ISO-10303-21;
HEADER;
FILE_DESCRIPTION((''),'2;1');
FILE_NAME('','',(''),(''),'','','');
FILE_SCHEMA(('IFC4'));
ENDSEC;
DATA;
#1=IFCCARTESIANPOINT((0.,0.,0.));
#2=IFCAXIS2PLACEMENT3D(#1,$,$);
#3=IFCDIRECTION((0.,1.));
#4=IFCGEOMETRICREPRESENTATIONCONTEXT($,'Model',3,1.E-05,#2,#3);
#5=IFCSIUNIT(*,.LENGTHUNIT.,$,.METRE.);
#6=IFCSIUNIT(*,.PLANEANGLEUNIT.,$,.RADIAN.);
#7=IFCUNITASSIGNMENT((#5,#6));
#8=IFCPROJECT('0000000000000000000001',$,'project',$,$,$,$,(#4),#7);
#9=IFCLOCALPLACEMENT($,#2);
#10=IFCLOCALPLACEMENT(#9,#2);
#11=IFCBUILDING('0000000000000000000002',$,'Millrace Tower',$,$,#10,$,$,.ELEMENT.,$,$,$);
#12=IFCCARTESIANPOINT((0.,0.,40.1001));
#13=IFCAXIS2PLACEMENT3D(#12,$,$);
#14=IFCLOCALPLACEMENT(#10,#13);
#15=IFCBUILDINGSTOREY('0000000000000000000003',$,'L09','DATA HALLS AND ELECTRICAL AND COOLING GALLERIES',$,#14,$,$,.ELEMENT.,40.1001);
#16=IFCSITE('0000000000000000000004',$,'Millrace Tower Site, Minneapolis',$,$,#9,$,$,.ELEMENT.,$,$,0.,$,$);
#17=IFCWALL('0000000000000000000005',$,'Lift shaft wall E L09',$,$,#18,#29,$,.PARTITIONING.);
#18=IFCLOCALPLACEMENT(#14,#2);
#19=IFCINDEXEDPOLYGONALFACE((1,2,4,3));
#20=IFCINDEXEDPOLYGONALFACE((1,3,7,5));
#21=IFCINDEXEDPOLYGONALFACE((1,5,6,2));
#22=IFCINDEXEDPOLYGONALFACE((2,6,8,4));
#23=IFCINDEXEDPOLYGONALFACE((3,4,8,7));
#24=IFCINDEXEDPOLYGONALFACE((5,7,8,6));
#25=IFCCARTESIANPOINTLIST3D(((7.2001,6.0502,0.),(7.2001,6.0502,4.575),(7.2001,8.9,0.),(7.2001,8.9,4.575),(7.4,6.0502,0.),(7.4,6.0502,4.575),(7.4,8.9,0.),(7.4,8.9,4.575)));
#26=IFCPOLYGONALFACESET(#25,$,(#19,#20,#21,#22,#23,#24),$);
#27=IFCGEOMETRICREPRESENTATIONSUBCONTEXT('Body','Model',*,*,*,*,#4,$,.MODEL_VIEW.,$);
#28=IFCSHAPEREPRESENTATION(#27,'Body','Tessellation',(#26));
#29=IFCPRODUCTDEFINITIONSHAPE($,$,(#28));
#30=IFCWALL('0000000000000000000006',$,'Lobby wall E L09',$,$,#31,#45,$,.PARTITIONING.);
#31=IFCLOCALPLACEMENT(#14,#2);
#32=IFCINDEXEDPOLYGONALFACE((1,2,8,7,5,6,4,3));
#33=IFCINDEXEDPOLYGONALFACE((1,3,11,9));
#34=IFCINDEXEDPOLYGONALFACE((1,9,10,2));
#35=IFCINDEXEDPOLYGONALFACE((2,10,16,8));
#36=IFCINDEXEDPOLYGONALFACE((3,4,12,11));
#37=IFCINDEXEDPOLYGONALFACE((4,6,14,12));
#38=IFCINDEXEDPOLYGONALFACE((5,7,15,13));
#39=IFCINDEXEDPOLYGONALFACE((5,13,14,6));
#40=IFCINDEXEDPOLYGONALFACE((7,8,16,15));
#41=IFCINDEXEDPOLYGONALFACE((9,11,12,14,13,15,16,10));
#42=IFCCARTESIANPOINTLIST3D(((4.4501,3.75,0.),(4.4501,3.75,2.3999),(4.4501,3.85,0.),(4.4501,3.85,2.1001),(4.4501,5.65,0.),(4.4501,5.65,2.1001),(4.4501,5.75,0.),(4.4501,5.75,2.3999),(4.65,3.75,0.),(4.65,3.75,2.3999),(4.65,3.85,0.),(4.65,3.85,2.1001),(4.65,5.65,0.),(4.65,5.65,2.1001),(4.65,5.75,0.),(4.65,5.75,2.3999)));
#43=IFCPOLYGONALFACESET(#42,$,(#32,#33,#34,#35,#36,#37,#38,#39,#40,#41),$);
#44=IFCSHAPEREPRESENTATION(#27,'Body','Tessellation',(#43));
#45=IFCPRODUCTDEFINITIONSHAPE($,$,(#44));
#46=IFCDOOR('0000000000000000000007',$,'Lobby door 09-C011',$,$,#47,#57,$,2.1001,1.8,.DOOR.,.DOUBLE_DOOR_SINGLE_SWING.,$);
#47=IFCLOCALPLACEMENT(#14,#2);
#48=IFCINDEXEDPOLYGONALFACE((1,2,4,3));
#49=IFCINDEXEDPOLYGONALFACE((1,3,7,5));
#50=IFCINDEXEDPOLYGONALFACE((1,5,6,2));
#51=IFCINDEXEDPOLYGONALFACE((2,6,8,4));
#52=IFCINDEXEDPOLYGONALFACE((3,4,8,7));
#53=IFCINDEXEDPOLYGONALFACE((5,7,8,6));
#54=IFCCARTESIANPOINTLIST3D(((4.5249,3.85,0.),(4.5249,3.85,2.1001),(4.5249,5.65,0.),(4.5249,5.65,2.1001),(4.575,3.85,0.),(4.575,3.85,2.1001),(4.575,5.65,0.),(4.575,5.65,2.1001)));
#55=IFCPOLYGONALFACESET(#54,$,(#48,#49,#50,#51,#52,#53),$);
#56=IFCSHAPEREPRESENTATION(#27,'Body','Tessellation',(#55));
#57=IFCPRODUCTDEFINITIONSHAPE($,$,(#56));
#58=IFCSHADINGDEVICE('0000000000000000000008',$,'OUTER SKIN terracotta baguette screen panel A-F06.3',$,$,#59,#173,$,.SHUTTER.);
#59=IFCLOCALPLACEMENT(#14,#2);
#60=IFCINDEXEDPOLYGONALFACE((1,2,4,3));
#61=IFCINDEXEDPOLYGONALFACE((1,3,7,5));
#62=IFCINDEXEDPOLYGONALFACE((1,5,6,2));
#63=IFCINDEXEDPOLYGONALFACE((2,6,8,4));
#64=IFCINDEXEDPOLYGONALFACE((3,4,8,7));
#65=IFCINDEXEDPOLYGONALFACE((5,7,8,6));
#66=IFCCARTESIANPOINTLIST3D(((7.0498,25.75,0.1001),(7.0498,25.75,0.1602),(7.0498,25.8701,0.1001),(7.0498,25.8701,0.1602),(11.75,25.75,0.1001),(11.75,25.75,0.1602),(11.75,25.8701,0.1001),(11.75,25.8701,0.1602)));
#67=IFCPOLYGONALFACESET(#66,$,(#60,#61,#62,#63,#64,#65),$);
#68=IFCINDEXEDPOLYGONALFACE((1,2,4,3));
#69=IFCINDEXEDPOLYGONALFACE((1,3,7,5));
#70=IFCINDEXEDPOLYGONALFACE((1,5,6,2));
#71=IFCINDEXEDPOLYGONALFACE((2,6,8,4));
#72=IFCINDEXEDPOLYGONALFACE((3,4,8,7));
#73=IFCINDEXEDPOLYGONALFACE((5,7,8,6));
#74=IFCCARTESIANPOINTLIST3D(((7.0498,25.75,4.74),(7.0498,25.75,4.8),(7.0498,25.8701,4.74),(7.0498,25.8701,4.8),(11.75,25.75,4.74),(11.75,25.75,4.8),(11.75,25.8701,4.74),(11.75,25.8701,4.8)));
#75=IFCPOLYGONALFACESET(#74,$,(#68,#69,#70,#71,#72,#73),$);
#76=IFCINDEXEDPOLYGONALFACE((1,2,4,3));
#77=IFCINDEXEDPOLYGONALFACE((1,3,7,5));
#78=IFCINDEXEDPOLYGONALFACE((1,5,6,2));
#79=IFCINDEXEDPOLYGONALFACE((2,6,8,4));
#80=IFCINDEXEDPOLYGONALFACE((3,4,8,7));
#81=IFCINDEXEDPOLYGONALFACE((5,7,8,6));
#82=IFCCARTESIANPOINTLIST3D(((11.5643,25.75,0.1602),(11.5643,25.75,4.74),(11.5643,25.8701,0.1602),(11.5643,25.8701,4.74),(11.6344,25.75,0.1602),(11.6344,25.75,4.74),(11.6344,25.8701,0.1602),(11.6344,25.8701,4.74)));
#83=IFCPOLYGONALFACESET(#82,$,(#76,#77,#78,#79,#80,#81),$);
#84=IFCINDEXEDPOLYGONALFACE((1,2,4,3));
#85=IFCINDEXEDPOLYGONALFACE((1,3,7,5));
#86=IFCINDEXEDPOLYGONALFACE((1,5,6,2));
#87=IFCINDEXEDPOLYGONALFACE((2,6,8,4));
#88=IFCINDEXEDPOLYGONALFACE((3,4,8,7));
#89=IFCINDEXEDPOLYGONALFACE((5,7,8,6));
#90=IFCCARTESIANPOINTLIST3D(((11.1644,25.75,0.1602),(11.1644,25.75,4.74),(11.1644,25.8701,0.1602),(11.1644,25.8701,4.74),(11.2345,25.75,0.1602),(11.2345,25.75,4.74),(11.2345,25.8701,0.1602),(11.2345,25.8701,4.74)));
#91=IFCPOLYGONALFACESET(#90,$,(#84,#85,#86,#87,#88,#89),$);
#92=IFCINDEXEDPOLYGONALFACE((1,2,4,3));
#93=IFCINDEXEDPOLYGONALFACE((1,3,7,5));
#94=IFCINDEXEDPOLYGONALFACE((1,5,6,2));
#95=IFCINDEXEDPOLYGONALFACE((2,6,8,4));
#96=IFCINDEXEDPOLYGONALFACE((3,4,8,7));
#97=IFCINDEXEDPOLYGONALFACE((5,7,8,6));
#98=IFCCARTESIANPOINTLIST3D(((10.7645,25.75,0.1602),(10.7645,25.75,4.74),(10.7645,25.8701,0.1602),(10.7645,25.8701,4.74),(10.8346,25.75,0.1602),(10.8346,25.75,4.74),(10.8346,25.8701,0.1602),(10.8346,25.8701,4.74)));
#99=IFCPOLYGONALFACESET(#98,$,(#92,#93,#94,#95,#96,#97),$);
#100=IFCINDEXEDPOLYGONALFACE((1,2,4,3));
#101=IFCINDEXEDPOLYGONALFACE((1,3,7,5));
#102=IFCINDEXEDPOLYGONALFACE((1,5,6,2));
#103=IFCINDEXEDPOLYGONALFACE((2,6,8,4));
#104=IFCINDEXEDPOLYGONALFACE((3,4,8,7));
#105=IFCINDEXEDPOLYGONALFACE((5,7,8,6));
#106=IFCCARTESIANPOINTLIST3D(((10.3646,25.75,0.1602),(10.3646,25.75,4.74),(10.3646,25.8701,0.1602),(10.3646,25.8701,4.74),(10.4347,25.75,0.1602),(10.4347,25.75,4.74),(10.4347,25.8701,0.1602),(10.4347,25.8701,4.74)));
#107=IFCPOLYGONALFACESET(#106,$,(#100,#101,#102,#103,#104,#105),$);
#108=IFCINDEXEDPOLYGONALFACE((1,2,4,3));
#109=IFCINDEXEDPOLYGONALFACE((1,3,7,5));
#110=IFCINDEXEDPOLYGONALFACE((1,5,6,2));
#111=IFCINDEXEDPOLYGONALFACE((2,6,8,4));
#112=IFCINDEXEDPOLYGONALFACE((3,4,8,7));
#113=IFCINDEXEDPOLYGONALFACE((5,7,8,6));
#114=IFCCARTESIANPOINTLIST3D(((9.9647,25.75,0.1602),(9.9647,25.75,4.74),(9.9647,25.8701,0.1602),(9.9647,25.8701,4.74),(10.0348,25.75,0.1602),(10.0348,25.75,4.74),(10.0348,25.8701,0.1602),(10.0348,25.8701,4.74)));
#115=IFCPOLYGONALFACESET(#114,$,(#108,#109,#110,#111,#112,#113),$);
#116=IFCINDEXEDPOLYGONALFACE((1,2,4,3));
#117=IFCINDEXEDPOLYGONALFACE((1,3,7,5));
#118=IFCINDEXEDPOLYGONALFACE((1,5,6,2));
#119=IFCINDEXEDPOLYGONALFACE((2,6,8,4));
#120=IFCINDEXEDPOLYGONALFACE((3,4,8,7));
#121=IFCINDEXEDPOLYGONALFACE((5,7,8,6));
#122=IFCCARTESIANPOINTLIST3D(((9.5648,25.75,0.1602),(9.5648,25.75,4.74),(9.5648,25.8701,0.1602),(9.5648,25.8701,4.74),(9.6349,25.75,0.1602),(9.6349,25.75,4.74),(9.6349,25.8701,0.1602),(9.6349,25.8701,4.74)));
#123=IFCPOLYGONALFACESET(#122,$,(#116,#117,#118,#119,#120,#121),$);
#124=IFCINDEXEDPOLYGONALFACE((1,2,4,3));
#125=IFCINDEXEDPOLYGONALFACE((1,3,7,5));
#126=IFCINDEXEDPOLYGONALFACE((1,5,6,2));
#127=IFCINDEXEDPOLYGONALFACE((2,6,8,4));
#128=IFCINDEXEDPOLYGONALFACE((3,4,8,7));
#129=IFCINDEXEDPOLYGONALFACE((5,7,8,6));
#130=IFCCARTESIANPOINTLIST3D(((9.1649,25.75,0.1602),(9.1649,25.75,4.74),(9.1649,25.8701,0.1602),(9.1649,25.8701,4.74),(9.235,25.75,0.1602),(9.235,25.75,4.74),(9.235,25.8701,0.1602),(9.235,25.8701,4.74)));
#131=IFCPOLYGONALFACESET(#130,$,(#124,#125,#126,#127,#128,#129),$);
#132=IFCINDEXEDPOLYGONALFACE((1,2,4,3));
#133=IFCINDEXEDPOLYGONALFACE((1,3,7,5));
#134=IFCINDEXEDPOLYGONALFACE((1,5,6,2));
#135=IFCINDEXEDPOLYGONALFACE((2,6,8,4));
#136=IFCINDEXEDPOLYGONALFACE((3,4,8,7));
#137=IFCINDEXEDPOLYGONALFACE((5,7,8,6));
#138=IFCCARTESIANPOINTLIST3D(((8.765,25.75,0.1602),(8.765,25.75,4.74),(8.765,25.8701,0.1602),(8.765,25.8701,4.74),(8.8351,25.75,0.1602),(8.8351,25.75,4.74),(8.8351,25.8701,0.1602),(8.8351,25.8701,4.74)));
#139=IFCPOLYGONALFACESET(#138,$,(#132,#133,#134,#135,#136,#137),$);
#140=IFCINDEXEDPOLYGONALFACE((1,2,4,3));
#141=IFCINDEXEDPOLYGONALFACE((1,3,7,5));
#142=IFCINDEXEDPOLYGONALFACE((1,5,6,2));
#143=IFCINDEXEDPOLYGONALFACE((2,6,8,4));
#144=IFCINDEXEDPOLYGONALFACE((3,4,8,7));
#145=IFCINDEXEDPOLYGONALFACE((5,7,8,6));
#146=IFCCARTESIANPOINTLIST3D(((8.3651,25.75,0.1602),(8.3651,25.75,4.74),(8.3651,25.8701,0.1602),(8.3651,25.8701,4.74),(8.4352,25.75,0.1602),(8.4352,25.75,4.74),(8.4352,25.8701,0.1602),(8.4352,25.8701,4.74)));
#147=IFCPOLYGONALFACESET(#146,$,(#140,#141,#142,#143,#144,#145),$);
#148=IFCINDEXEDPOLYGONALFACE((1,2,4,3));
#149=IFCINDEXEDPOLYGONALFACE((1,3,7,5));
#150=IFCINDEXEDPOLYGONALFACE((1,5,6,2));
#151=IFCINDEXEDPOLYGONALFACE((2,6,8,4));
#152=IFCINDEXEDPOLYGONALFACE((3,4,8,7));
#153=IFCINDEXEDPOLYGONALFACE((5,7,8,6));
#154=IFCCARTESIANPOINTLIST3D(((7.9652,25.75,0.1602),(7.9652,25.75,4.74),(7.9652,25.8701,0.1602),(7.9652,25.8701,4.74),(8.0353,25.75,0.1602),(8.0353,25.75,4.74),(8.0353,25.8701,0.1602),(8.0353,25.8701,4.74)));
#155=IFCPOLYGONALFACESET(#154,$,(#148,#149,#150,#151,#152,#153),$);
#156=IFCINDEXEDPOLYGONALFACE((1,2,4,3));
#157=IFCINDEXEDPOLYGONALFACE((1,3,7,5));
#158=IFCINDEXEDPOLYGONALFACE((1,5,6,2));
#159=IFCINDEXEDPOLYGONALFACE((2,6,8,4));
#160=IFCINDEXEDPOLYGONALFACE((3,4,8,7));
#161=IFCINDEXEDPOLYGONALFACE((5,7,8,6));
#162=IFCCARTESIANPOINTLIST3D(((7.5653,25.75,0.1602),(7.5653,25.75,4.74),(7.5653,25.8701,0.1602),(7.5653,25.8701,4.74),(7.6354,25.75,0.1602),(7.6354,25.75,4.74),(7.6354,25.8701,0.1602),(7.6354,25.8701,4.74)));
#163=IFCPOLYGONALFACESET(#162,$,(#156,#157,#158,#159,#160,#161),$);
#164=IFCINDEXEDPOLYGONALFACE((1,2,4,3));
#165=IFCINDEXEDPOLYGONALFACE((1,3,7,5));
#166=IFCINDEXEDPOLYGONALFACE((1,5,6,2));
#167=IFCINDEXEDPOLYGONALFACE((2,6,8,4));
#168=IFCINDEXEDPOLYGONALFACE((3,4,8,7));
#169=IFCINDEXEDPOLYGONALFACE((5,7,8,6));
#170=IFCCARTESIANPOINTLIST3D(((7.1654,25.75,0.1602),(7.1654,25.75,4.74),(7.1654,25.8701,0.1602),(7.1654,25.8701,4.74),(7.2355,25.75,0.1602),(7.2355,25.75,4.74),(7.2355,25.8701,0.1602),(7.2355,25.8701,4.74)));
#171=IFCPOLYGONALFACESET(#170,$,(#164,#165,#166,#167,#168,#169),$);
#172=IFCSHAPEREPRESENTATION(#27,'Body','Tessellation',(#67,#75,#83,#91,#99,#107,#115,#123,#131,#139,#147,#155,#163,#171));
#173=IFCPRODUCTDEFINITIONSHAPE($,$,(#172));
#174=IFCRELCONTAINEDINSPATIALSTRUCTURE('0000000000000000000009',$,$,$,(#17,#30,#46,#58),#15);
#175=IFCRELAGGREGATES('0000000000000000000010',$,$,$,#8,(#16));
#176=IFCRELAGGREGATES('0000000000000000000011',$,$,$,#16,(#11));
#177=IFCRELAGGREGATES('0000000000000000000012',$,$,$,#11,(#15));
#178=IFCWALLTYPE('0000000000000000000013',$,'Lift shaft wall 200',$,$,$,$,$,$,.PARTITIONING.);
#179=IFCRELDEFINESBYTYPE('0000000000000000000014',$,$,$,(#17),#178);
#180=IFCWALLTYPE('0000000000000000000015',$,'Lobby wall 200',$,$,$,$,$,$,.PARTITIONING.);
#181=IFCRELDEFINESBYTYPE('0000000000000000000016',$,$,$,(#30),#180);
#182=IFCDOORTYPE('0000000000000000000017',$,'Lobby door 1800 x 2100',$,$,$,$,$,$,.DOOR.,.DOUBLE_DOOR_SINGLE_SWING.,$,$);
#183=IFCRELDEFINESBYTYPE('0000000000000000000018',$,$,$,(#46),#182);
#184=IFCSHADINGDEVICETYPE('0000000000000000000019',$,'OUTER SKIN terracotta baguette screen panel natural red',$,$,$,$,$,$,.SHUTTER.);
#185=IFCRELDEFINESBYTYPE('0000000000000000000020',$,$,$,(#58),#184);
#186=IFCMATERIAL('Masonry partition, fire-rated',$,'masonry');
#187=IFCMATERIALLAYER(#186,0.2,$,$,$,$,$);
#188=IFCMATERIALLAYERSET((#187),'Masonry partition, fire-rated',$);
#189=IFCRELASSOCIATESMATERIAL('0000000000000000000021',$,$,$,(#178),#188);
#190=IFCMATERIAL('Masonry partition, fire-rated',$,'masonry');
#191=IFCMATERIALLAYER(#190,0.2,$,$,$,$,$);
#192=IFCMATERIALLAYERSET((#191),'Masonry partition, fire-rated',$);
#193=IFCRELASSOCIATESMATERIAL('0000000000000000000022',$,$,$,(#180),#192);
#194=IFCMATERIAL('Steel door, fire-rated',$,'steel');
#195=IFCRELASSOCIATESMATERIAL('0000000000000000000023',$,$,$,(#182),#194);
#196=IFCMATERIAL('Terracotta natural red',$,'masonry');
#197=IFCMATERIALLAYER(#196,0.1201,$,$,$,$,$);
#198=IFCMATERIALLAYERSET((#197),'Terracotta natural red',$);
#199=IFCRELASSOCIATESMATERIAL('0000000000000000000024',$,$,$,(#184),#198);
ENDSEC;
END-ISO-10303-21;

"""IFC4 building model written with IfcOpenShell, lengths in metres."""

from ifc_helpers import new_model, entity, si_unit, direction, frame, frame_2d, origin, place, context, subcontext, project, spatial, rectangle, extrude, source, transform, mapped, material, layer, layer_set, type_object, element, fill, save


model = new_model("IFC4")

# Units and contexts
model_context = context("Model", 3, precision=1e-05, world=origin(), true_north=direction((0.0, 1.0)))
body_context = subcontext(model_context, "Body", "Model", "MODEL_VIEW")
ifc_project = project(units=[si_unit("LENGTHUNIT", "METRE"), si_unit("PLANEANGLEUNIT", "RADIAN")], contexts=[model_context])

# Site, building, storey
site_placement = place(None, origin())
site = spatial("IfcSite", under=ifc_project, at=site_placement, Name="Millrace Tower Site, Minneapolis", CompositionType="ELEMENT", RefElevation=0.0)
building_placement = place(site_placement, origin())
building = spatial("IfcBuilding", under=site, at=building_placement, Name="Millrace Tower", CompositionType="ELEMENT")
storey_placement = place(building_placement, frame((0.0, 0.0, 40.1001)))
storey = spatial("IfcBuildingStorey", under=building, at=storey_placement, Name="L09", Description="DATA HALLS AND ELECTRICAL AND COOLING GALLERIES", CompositionType="ELEMENT", Elevation=40.1001)

# Shared definitions
ifc_material_1 = material(Name="Masonry partition, fire-rated", Category="masonry")
ifc_layer_1 = layer(ifc_material_1, 0.2)
ifc_layer_set_1 = layer_set([ifc_layer_1], Name="Masonry partition, fire-rated")
wall_type_1 = type_object("IfcWallType", Name="Lift shaft wall 200", PredefinedType="PARTITIONING", material=ifc_layer_set_1)

# Wall
for number, where, z_axis, x_axis, name in (
    (1, (7.3, 8.8999, 0.0), (0.0, 0.0, 1.0), (0.0, -1.0, 0.0), "Lift shaft wall E L09"),
):
    element("IfcWall", number, at=place(storey_placement, frame(where, z_axis=z_axis, x_axis=x_axis)), inside=storey, type_object=wall_type_1, Name=name, PredefinedType="PARTITIONING", context=body_context, shape_type="SweptSolid", body=[
        extrude(rectangle(XDim=2.8499, YDim=0.2, at=frame_2d((1.4248, 0.0))), origin(), (0.0, 0.0, 1.0), 4.575),
    ])

# Wall, opening, door
ifc_material_2 = material(Name="Masonry partition, fire-rated", Category="masonry")
ifc_layer_2 = layer(ifc_material_2, 0.2)
ifc_layer_set_2 = layer_set([ifc_layer_2], Name="Masonry partition, fire-rated")
wall_type_2 = type_object("IfcWallType", Name="Lobby wall 200", PredefinedType="PARTITIONING", material=ifc_layer_set_2)
wall_1_placement = place(storey_placement, frame((4.55, 5.75, 0.0), z_axis=(0.0, 0.0, 1.0), x_axis=(0.0, -1.0, 0.0)))
wall_1 = element("IfcWall", 2, at=wall_1_placement, inside=storey, type_object=wall_type_2, Name="Lobby wall E L09", PredefinedType="PARTITIONING", context=body_context, shape_type="SweptSolid", body=[
    extrude(rectangle(XDim=2.0, YDim=0.2, at=frame_2d((1.0, 0.0))), origin(), (0.0, 0.0, 1.0), 2.3999),
])
opening_1_placement = place(wall_1_placement, frame((0.1001, 0.0, 0.0)))
opening_1 = element("IfcOpeningElement", 3, at=opening_1_placement, cuts=wall_1, PredefinedType="OPENING", context=body_context, shape_type="SweptSolid", body=[
    extrude(rectangle(XDim=1.8, YDim=2.1001, at=frame_2d((0.8999, 1.05))), frame((0.0, 0.1099, 0.0), z_axis=(0.0, -1.0, 0.0), x_axis=(1.0, 0.0, 0.0)), (0.0, 0.0, 1.0), 0.22),
])
ifc_material_3 = material(Name="Steel door, fire-rated", Category="steel")
door_type_1 = type_object("IfcDoorType", Name="Lobby door 1800 x 2100", OperationType="DOUBLE_DOOR_SINGLE_SWING", PredefinedType="DOOR", material=ifc_material_3)
door_1_placement = place(opening_1_placement, origin())
door_1 = element("IfcDoor", 4, at=door_1_placement, inside=storey, type_object=door_type_1, Name="Lobby door 09-C011", OperationType="DOUBLE_DOOR_SINGLE_SWING", OverallHeight=2.1001, OverallWidth=1.8, PredefinedType="DOOR", context=body_context, shape_type="SweptSolid", body=[
    extrude(rectangle(XDim=1.8, YDim=2.1001, at=frame_2d((0.8999, 1.05))), frame((0.0, 0.0249, 0.0), z_axis=(0.0, -1.0, 0.0), x_axis=(1.0, 0.0, 0.0)), (0.0, 0.0, 1.0), 0.05),
])
fill(opening_1, door_1)

# Shading device
cartesian_point = entity("IfcCartesianPoint", [-2.3501, 0.0601])
shared_polyline = entity("IfcPolyline", [cartesian_point, entity("IfcCartesianPoint", [2.3501, 0.0601]), entity("IfcCartesianPoint", [2.3501, -0.0601]), entity("IfcCartesianPoint", [-2.3501, -0.0601]), cartesian_point])
ifc_material_4 = material(Name="Terracotta natural red", Category="masonry")
ifc_layer_3 = layer(ifc_material_4, 0.1201)
ifc_layer_set_3 = layer_set([ifc_layer_3], Name="Terracotta natural red")
shading_device_type_1 = type_object("IfcShadingDeviceType", Name="OUTER SKIN terracotta baguette screen panel natural red", PredefinedType="SHUTTER", material=ifc_layer_set_3)
shared_shape_1 = source(origin(), body_context, "Body", "SweptSolid", [
    entity("IfcExtrudedAreaSolid", entity("IfcArbitraryClosedProfileDef", "AREA", None, shared_polyline), entity("IfcAxis2Placement3D", entity("IfcCartesianPoint", [0.0, 0.0, 0.0])), entity("IfcDirection", [0.0, 0.0, 1.0]), 0.0601),
    entity("IfcExtrudedAreaSolid", entity("IfcArbitraryClosedProfileDef", "AREA", None, shared_polyline), entity("IfcAxis2Placement3D", entity("IfcCartesianPoint", [0.0, 0.0, 4.6399])), entity("IfcDirection", [0.0, 0.0, 1.0]), 0.0601),
    extrude(rectangle(XDim=0.0701, YDim=0.1201, at=frame_2d((-2.1995, 0.0))), frame((0.0, 0.0, 0.0601)), (0.0, 0.0, 1.0), 4.5798),
    extrude(rectangle(XDim=0.0701, YDim=0.1201, at=frame_2d((-1.7996, 0.0))), frame((0.0, 0.0, 0.0601)), (0.0, 0.0, 1.0), 4.5798),
    extrude(rectangle(XDim=0.0701, YDim=0.1201, at=frame_2d((-1.3997, 0.0))), frame((0.0, 0.0, 0.0601)), (0.0, 0.0, 1.0), 4.5798),
    extrude(rectangle(XDim=0.0701, YDim=0.1201, at=frame_2d((-0.9998, 0.0))), frame((0.0, 0.0, 0.0601)), (0.0, 0.0, 1.0), 4.5798),
    extrude(rectangle(XDim=0.0701, YDim=0.1201, at=frame_2d((-0.5999, 0.0))), frame((0.0, 0.0, 0.0601)), (0.0, 0.0, 1.0), 4.5798),
    extrude(rectangle(XDim=0.0701, YDim=0.1201, at=frame_2d((-0.2, 0.0))), frame((0.0, 0.0, 0.0601)), (0.0, 0.0, 1.0), 4.5798),
    extrude(rectangle(XDim=0.0701, YDim=0.1201, at=frame_2d((0.2, 0.0))), frame((0.0, 0.0, 0.0601)), (0.0, 0.0, 1.0), 4.5798),
    extrude(rectangle(XDim=0.0701, YDim=0.1201, at=frame_2d((0.5999, 0.0))), frame((0.0, 0.0, 0.0601)), (0.0, 0.0, 1.0), 4.5798),
    extrude(rectangle(XDim=0.0701, YDim=0.1201, at=frame_2d((0.9998, 0.0))), frame((0.0, 0.0, 0.0601)), (0.0, 0.0, 1.0), 4.5798),
    extrude(rectangle(XDim=0.0701, YDim=0.1201, at=frame_2d((1.3997, 0.0))), frame((0.0, 0.0, 0.0601)), (0.0, 0.0, 1.0), 4.5798),
    extrude(rectangle(XDim=0.0701, YDim=0.1201, at=frame_2d((1.7996, 0.0))), frame((0.0, 0.0, 0.0601)), (0.0, 0.0, 1.0), 4.5798),
    extrude(rectangle(XDim=0.0701, YDim=0.1201, at=frame_2d((2.1995, 0.0))), frame((0.0, 0.0, 0.0601)), (0.0, 0.0, 1.0), 4.5798),
])
for number, where, z_axis, x_axis, name in (
    (5, (9.3999, 25.8101, 0.1001), (0.0, 0.0, 1.0), (-1.0, 0.0, 0.0), "OUTER SKIN terracotta baguette screen panel A-F06.3"),
):
    element("IfcShadingDevice", number, at=place(storey_placement, frame(where, z_axis=z_axis, x_axis=x_axis)), inside=storey, type_object=shading_device_type_1, Name=name, PredefinedType="SHUTTER", context=body_context, shape_type="MappedRepresentation", body=[
        mapped(shared_shape_1, transform((0.0, 0.0, 0.0), scale=1.0)),
    ])

save(model, "model.ifc")
